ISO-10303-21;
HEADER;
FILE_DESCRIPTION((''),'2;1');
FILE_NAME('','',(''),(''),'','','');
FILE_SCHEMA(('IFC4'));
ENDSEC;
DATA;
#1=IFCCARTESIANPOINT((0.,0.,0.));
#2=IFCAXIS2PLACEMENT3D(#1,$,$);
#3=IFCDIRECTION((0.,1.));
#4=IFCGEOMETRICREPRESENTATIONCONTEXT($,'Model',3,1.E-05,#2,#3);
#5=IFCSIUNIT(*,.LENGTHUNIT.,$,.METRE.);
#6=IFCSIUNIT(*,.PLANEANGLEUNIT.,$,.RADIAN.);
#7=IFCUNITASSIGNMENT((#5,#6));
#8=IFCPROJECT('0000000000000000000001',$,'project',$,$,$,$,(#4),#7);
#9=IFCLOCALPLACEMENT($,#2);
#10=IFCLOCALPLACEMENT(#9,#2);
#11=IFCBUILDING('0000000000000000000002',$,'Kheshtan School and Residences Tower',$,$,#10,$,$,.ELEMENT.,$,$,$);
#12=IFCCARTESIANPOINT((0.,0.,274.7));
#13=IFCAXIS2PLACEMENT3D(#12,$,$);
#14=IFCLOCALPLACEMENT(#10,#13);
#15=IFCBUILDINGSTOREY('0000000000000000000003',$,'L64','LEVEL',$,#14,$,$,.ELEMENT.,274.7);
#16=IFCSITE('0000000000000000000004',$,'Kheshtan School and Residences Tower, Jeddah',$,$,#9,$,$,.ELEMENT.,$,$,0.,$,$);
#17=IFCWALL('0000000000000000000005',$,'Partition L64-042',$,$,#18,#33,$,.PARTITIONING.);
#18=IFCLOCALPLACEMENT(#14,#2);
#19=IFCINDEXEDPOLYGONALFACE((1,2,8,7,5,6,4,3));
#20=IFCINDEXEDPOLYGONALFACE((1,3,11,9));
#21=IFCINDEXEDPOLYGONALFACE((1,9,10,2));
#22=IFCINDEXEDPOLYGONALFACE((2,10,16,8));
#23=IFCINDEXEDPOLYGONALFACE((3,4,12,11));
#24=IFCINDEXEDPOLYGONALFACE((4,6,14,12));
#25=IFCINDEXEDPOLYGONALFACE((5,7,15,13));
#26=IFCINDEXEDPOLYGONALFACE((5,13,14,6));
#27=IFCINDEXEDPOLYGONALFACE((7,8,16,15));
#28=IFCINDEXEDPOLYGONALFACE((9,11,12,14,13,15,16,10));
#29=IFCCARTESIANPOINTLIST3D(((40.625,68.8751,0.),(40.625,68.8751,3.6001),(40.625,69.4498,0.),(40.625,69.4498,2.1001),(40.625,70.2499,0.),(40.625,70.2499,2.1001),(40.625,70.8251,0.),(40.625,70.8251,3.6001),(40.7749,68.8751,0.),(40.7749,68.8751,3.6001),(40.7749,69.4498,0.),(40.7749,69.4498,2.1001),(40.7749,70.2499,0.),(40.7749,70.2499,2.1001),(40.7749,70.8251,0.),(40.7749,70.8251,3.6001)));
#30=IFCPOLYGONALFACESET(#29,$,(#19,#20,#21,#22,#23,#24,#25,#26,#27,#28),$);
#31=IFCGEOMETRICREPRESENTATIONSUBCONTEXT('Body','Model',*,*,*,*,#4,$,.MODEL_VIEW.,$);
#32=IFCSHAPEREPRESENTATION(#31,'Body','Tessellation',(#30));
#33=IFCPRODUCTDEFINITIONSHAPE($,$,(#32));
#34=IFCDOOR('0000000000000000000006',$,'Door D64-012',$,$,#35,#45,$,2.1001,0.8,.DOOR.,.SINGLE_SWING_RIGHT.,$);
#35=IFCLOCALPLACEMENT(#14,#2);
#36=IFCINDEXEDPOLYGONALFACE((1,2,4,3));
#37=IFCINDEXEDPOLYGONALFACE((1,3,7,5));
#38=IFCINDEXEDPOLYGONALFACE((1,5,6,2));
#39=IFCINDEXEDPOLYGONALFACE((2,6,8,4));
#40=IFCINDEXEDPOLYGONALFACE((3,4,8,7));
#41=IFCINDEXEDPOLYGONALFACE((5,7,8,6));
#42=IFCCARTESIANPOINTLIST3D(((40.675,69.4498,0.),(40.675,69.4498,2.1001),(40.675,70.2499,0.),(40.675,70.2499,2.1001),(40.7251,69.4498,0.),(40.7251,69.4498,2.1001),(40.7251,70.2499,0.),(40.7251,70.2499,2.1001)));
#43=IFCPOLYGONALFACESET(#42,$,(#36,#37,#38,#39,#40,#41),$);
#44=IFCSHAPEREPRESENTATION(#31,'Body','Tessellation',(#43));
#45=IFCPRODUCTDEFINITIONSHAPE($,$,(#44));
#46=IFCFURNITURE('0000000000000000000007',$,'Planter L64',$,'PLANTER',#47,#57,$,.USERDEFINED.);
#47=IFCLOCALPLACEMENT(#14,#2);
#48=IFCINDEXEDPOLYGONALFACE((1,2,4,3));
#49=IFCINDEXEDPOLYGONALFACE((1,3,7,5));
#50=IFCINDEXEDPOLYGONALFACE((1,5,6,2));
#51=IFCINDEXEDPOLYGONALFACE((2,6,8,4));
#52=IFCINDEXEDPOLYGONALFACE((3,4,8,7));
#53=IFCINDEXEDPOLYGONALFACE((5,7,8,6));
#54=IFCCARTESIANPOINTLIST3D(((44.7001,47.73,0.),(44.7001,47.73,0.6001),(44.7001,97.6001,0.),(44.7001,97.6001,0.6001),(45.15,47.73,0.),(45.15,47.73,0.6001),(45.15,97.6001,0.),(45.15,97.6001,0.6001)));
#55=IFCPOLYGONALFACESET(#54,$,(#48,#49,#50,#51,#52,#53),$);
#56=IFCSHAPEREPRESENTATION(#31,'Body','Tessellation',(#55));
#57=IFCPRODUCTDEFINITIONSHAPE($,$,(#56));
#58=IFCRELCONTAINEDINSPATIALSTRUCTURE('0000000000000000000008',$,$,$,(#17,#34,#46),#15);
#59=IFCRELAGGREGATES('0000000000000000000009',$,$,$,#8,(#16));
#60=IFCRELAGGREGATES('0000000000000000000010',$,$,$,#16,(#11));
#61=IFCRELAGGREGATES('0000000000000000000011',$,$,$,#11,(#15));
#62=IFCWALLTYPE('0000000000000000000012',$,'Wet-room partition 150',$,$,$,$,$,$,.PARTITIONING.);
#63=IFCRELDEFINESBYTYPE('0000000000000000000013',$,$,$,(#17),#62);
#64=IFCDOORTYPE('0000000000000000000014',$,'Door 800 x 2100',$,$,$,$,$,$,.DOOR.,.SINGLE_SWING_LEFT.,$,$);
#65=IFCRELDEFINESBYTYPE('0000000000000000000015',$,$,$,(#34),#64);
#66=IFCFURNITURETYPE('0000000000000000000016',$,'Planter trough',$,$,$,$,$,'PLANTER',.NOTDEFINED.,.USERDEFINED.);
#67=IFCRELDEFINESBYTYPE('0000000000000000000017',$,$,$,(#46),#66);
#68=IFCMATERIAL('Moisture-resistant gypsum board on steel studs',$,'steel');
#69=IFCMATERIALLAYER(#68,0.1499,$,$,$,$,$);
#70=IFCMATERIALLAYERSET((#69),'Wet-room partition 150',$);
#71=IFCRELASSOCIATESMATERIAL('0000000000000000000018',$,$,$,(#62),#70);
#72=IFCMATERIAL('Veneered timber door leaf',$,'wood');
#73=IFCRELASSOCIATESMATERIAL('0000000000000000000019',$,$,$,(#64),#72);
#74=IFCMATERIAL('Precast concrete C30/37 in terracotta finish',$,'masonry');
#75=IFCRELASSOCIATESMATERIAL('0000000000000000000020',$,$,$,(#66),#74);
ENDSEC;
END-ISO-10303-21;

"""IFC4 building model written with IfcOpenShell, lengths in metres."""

from ifc_helpers import new_model, si_unit, direction, frame, frame_2d, origin, origin_2d, place, context, subcontext, project, spatial, rectangle, extrude, source, transform, mapped, material, layer, layer_set, type_object, element, fill, save


model = new_model("IFC4")

# Units and contexts
model_context = context("Model", 3, precision=1e-05, world=origin(), true_north=direction((0.0, 1.0)))
body_context = subcontext(model_context, "Body", "Model", "MODEL_VIEW")
ifc_project = project(units=[si_unit("LENGTHUNIT", "METRE"), si_unit("PLANEANGLEUNIT", "RADIAN")], contexts=[model_context])

# Site, building, storey
site_placement = place(None, origin())
site = spatial("IfcSite", under=ifc_project, at=site_placement, Name="Kheshtan School and Residences Tower, Jeddah", CompositionType="ELEMENT", RefElevation=0.0)
building_placement = place(site_placement, origin())
building = spatial("IfcBuilding", under=site, at=building_placement, Name="Kheshtan School and Residences Tower", CompositionType="ELEMENT")
storey_placement = place(building_placement, frame((0.0, 0.0, 274.7)))
storey = spatial("IfcBuildingStorey", under=building, at=storey_placement, Name="L64", Description="LEVEL", CompositionType="ELEMENT", Elevation=274.7)

# Wall, opening, door
ifc_material_1 = material(Name="Moisture-resistant gypsum board on steel studs", Category="steel")
ifc_layer_1 = layer(ifc_material_1, 0.1499)
ifc_layer_set_1 = layer_set([ifc_layer_1], Name="Wet-room partition 150")
wall_type_1 = type_object("IfcWallType", Name="Wet-room partition 150", PredefinedType="PARTITIONING", material=ifc_layer_set_1)
wall_1_placement = place(storey_placement, frame((40.7, 68.875, 0.0), z_axis=(0.0, 0.0, 1.0), x_axis=(0.0, 1.0, 0.0)))
wall_1 = element("IfcWall", 1, at=wall_1_placement, inside=storey, type_object=wall_type_1, Name="Partition L64-042", PredefinedType="PARTITIONING", context=body_context, shape_type="SweptSolid", body=[
    extrude(rectangle(XDim=1.95, YDim=0.1499, at=frame_2d((0.9751, 0.0))), origin(), (0.0, 0.0, 1.0), 3.6001),
])
opening_1_placement = place(wall_1_placement, frame((0.575, 0.0, 0.0)))
opening_1 = element("IfcOpeningElement", 2, at=opening_1_placement, cuts=wall_1, PredefinedType="OPENING", context=body_context, shape_type="SweptSolid", body=[
    extrude(rectangle(XDim=0.8, YDim=2.1001, at=frame_2d((0.3999, 1.05))), frame((0.0, 0.085, 0.0), z_axis=(0.0, -1.0, 0.0), x_axis=(1.0, 0.0, 0.0)), (0.0, 0.0, 1.0), 0.1699),
])
ifc_material_2 = material(Name="Veneered timber door leaf", Category="wood")
door_type_1 = type_object("IfcDoorType", Name="Door 800 x 2100", OperationType="SINGLE_SWING_LEFT", PredefinedType="DOOR", material=ifc_material_2)
shared_shape_1 = source(origin(), body_context, "Body", "SweptSolid", [
    extrude(rectangle(XDim=0.8, YDim=2.1001, at=frame_2d((0.3999, 1.05))), frame((0.0, 0.0249, 0.0), z_axis=(0.0, -1.0, 0.0), x_axis=(1.0, 0.0, 0.0)), (0.0, 0.0, 1.0), 0.05),
])
door_1_placement = place(opening_1_placement, origin())
door_1 = element("IfcDoor", 3, at=door_1_placement, inside=storey, type_object=door_type_1, Name="Door D64-012", OperationType="SINGLE_SWING_RIGHT", OverallHeight=2.1001, OverallWidth=0.8, PredefinedType="DOOR", context=body_context, shape_type="MappedRepresentation", body=[
    mapped(shared_shape_1, transform((0.0, 0.0, 0.0), x_axis=(1.0, 0.0, 0.0), y_axis=(0.0, 1.0, 0.0), z_axis=(0.0, 0.0, 1.0), scale=1.0)),
])
fill(opening_1, door_1)

# Furniture
ifc_material_3 = material(Name="Precast concrete C30/37 in terracotta finish", Category="masonry")
furniture_type = type_object("IfcFurnitureType", Name="Planter trough", ElementType="PLANTER", AssemblyPlace="NOTDEFINED", PredefinedType="USERDEFINED", material=ifc_material_3)
furniture_placement = place(storey_placement, frame((44.925, 72.665, 0.0), z_axis=(0.0, 0.0, 1.0), x_axis=(0.0, -1.0, 0.0)))
element("IfcFurniture", 4, at=furniture_placement, inside=storey, type_object=furniture_type, Name="Planter L64", ObjectType="PLANTER", PredefinedType="USERDEFINED", context=body_context, shape_type="SweptSolid", body=[
    extrude(rectangle(XDim=49.8701, YDim=0.45, at=origin_2d()), origin(), (0.0, 0.0, 1.0), 0.6001),
])

save(model, "model.ifc")
